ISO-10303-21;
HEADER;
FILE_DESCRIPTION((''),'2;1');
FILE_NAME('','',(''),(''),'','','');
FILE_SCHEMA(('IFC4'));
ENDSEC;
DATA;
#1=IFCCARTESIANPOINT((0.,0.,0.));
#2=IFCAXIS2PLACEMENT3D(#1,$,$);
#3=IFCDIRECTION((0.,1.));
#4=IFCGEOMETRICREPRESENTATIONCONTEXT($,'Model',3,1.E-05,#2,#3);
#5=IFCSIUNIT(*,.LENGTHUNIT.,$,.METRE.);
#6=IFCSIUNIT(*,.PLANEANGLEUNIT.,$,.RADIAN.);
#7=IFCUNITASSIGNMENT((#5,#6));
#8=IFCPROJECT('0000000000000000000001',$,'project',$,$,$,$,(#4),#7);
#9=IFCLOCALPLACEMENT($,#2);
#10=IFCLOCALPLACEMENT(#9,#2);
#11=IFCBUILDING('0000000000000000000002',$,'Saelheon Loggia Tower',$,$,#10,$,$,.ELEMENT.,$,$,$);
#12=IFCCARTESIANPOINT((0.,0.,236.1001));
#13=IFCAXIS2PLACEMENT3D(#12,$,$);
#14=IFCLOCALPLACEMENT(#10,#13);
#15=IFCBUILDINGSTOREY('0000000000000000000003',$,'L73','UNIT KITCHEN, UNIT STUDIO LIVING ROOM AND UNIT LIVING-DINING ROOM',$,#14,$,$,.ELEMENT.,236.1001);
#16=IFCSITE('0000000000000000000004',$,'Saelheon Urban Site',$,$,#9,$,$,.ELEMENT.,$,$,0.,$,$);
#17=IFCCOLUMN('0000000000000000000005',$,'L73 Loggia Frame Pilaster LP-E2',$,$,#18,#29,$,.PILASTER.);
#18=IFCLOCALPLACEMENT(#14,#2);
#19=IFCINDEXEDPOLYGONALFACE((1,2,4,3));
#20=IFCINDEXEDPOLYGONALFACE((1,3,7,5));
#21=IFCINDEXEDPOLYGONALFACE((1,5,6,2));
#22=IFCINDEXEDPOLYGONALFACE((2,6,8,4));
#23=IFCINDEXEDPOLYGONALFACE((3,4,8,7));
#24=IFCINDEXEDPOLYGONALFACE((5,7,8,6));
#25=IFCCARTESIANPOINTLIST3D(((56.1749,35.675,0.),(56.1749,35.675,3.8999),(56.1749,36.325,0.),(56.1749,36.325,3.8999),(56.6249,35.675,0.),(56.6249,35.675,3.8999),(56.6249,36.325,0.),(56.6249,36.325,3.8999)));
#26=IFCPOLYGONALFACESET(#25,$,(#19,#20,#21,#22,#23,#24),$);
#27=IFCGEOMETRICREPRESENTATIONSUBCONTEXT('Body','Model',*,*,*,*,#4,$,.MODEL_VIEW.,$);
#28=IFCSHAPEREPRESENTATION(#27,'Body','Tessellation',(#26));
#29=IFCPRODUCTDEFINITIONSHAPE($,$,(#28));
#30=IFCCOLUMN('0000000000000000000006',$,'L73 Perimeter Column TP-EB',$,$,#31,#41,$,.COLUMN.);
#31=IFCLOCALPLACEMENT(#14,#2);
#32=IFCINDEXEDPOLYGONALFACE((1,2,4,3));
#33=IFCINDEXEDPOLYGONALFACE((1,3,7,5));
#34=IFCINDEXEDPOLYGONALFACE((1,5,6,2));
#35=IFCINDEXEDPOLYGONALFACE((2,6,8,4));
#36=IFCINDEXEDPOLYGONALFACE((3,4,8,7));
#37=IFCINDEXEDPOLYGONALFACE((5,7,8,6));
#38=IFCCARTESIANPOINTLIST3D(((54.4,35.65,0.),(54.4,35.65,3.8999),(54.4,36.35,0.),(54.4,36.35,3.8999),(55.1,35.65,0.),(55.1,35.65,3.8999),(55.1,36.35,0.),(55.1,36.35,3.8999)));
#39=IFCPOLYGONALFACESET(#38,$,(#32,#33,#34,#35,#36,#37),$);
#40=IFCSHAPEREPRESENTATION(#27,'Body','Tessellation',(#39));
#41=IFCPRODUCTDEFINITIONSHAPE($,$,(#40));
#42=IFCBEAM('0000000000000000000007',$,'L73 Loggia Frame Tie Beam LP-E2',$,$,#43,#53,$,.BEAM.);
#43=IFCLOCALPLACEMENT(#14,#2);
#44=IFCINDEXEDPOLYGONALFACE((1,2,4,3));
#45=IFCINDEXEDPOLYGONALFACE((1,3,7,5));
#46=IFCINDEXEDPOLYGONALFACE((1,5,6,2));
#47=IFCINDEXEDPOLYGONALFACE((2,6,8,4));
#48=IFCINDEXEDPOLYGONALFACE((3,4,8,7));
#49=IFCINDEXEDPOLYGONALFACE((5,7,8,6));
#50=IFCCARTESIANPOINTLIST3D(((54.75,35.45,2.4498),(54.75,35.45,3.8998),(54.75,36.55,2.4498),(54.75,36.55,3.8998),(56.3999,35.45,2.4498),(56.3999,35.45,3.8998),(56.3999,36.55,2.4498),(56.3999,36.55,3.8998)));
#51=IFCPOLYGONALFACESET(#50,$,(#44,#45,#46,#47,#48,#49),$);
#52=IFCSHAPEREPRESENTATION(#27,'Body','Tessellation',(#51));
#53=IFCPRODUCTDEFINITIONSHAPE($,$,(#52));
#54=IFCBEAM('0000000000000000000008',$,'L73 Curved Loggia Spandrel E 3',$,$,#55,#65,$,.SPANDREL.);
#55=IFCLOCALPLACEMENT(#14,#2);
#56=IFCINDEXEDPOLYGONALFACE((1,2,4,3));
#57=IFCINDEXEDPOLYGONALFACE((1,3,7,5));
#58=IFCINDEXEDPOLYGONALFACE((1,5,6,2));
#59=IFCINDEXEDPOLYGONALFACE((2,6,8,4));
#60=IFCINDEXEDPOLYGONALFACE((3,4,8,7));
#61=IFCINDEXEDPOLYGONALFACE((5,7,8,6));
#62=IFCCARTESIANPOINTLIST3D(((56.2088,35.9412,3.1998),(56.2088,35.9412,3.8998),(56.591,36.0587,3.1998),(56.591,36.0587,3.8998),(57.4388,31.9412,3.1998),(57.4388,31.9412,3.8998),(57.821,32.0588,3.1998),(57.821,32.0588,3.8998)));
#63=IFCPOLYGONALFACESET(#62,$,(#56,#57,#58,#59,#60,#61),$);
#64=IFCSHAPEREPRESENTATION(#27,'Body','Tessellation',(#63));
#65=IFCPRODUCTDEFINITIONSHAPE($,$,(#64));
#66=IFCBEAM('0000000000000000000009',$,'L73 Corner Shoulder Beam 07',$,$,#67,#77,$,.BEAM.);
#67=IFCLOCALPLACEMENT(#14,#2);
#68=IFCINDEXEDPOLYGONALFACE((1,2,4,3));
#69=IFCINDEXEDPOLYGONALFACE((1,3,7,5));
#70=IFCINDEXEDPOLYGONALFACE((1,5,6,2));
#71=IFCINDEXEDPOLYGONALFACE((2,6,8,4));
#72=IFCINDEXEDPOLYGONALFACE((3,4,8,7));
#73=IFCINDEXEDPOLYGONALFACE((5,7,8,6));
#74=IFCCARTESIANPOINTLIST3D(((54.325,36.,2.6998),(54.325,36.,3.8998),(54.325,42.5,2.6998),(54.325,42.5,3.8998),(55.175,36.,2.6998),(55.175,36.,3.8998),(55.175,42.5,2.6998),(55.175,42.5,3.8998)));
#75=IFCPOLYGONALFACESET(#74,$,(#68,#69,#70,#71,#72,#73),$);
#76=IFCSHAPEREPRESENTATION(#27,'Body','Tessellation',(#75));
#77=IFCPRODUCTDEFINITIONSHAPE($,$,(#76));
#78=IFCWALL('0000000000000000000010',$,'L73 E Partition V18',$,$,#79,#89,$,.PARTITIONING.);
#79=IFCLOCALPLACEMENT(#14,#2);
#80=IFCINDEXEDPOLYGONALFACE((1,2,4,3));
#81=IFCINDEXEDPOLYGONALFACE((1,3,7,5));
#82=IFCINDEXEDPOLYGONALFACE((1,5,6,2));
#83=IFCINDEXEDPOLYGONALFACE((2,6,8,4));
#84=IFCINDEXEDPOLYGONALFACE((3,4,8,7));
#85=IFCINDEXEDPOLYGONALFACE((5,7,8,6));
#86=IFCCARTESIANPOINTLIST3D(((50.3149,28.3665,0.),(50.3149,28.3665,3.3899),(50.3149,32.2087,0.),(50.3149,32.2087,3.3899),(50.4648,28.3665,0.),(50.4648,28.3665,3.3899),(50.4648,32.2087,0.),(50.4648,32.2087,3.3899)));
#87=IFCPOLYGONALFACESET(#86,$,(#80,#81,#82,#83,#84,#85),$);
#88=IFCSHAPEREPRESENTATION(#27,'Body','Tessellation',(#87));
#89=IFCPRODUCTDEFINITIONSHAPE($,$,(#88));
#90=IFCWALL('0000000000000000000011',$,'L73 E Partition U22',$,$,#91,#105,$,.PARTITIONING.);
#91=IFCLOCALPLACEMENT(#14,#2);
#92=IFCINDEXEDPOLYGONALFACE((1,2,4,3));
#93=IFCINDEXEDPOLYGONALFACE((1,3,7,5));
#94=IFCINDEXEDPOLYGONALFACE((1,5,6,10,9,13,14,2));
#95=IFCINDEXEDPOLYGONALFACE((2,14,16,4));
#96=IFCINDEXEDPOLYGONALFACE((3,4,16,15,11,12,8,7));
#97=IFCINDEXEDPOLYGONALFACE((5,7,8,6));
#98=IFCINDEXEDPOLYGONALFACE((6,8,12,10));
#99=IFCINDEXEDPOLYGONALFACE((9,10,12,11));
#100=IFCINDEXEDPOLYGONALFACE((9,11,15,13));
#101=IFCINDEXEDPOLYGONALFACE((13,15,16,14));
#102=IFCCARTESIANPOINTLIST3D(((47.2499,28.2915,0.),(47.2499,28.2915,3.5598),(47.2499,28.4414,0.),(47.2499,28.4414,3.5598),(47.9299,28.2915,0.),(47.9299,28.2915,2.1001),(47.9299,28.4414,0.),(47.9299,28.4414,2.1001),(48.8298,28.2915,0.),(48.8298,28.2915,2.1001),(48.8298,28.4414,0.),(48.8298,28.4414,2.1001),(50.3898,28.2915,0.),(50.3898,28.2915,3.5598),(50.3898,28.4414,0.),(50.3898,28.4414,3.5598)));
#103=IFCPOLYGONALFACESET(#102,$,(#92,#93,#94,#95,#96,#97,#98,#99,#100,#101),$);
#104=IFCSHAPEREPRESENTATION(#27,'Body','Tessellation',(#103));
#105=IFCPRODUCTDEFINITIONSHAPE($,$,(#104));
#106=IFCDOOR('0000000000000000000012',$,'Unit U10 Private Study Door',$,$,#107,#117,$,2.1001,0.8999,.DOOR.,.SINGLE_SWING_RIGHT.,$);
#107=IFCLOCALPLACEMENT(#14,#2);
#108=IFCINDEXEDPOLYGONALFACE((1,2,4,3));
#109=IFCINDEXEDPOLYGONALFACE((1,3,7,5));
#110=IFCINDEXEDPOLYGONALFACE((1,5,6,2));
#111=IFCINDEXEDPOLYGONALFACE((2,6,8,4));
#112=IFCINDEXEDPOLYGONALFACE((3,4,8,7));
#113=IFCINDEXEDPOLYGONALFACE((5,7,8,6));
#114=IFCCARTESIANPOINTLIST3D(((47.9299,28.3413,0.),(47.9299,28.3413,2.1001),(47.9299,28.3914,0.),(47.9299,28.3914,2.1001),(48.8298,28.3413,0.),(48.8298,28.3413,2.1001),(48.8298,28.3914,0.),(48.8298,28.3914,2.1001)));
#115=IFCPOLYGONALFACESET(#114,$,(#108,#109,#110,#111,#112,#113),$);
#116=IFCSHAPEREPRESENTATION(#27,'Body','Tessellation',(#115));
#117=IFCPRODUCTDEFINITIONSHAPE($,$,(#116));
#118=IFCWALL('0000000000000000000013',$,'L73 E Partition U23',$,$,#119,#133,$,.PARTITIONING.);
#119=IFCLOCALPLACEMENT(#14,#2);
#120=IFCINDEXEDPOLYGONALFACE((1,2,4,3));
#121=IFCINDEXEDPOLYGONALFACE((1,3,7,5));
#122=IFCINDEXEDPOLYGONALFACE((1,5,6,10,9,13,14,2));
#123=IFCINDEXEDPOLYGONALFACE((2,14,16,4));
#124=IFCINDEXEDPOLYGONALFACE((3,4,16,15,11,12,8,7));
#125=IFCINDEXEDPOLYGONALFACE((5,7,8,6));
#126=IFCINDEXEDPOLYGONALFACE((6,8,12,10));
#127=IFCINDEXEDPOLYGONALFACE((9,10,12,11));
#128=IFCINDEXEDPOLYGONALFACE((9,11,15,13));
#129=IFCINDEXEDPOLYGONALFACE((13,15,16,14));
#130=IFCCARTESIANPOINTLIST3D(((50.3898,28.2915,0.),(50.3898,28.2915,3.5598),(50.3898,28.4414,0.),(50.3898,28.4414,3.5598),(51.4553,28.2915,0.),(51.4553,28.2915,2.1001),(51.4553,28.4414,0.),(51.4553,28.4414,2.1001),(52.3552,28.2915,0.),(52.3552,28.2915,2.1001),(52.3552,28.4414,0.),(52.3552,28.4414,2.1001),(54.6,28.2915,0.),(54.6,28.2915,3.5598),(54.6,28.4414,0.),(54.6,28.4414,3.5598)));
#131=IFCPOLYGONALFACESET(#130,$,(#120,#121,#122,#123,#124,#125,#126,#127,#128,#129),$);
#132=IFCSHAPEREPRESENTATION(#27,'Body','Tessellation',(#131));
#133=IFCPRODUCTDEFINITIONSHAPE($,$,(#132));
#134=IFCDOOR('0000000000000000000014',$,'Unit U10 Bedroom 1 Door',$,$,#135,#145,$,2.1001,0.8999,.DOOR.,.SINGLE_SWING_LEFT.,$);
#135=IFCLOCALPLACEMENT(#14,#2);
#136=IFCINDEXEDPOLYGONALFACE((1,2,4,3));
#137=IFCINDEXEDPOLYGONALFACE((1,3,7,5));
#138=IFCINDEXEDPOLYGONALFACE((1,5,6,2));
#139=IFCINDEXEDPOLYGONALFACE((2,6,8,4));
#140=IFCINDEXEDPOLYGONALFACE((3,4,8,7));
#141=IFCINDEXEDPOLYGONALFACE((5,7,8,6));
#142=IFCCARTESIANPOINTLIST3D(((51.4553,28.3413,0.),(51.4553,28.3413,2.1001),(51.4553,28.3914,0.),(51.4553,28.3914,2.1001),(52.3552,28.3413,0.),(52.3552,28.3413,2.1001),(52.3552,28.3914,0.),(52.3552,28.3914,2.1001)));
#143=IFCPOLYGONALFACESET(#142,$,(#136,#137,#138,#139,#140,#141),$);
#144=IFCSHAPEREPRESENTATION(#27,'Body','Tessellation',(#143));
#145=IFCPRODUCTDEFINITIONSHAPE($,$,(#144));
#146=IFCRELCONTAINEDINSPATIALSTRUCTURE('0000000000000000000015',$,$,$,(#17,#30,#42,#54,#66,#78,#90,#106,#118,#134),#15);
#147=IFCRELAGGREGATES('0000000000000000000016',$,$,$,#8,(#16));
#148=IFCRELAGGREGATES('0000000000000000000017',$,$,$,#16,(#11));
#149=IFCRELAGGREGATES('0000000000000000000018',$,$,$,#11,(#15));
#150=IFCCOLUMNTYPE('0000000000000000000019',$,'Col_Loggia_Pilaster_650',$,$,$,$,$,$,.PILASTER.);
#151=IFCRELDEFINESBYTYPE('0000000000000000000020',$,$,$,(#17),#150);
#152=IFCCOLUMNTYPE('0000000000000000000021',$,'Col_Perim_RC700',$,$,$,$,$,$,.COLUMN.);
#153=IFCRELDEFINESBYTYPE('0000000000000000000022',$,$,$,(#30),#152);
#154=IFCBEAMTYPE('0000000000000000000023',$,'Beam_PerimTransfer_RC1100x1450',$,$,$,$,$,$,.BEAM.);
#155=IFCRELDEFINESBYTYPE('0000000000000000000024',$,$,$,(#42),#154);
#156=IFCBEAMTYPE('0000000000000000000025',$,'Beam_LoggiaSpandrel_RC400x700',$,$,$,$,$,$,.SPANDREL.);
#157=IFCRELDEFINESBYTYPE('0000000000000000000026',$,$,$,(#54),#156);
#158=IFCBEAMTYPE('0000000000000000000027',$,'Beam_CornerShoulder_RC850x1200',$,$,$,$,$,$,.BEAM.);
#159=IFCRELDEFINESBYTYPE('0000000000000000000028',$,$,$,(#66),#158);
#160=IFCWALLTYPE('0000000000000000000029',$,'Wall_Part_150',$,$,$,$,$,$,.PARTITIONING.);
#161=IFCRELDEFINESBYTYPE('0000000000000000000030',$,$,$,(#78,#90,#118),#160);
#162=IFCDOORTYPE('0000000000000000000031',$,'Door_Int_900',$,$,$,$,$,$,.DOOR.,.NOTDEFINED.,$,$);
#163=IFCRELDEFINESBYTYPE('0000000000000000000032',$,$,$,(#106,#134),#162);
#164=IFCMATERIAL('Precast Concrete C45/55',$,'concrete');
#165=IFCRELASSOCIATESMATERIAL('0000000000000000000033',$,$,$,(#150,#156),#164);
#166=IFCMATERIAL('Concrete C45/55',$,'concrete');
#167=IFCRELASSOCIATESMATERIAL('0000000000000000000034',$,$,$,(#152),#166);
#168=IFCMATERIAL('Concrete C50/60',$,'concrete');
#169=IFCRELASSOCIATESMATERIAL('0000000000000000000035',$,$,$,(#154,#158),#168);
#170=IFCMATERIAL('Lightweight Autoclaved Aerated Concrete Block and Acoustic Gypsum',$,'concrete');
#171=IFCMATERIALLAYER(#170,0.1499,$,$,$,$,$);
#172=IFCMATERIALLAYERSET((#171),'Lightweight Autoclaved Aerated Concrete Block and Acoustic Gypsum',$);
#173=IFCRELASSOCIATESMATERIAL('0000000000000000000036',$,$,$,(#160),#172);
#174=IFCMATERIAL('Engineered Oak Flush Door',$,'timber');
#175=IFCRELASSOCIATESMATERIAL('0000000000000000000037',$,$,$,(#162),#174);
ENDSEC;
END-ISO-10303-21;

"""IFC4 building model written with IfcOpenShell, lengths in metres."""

from ifc_helpers import new_model, si_unit, direction, frame, frame_2d, origin, origin_2d, place, context, subcontext, project, spatial, rectangle, extrude, source, transform, mapped, material, layer, layer_set, material_profile, profile_set, type_object, element, fill, save


model = new_model("IFC4")

# Units and contexts
model_context = context("Model", 3, precision=1e-05, world=origin(), true_north=direction((0.0, 1.0)))
body_context = subcontext(model_context, "Body", "Model", "MODEL_VIEW")
ifc_project = project(units=[si_unit("LENGTHUNIT", "METRE"), si_unit("PLANEANGLEUNIT", "RADIAN")], contexts=[model_context])

# Site, building, storey
site_placement = place(None, origin())
site = spatial("IfcSite", under=ifc_project, at=site_placement, Name="Saelheon Urban Site", CompositionType="ELEMENT", RefElevation=0.0)
building_placement = place(site_placement, origin())
building = spatial("IfcBuilding", under=site, at=building_placement, Name="Saelheon Loggia Tower", CompositionType="ELEMENT")
storey_placement = place(building_placement, frame((0.0, 0.0, 236.1001)))
storey = spatial("IfcBuildingStorey", under=building, at=storey_placement, Name="L73", Description="UNIT KITCHEN, UNIT STUDIO LIVING ROOM AND UNIT LIVING-DINING ROOM", CompositionType="ELEMENT", Elevation=236.1001)

# Columns
ifc_material_1 = material(Name="Precast Concrete C45/55", Category="concrete")
ifc_material_profile_1 = material_profile(ifc_material_1, rectangle(XDim=0.45, YDim=0.6499, at=origin_2d()), Name="RC-450x650")
ifc_profile_set_1 = profile_set([ifc_material_profile_1], Name="Precast Concrete C45/55")
column_type_1 = type_object("IfcColumnType", Name="Col_Loggia_Pilaster_650", PredefinedType="PILASTER", material=ifc_profile_set_1)
shared_shape_1 = source(origin(), body_context, "Body", "SweptSolid", [
    extrude(rectangle(XDim=0.45, YDim=0.6499, at=origin_2d()), origin(), (0.0, 0.0, 1.0), 3.8999),
])
column_1_placement = place(storey_placement, frame((56.3999, 36.0, 0.0), z_axis=(0.0, 0.0, 1.0), x_axis=(1.0, 0.0, 0.0)))
element("IfcColumn", 1, at=column_1_placement, inside=storey, type_object=column_type_1, Name="L73 Loggia Frame Pilaster LP-E2", PredefinedType="PILASTER", context=body_context, shape_type="MappedRepresentation", body=[
    mapped(shared_shape_1, transform((0.0, 0.0, 0.0), scale=1.0)),
])
ifc_material_2 = material(Name="Concrete C45/55", Category="concrete")
ifc_material_profile_2 = material_profile(ifc_material_2, rectangle(XDim=0.7, YDim=0.7, at=origin_2d()), Name="RC-700x700")
ifc_profile_set_2 = profile_set([ifc_material_profile_2], Name="Concrete C45/55")
column_type_2 = type_object("IfcColumnType", Name="Col_Perim_RC700", PredefinedType="COLUMN", material=ifc_profile_set_2)
shared_shape_2 = source(origin(), body_context, "Body", "SweptSolid", [
    extrude(rectangle(XDim=0.7, YDim=0.7, at=origin_2d()), origin(), (0.0, 0.0, 1.0), 3.8999),
])
column_2_placement = place(storey_placement, frame((54.75, 36.0, 0.0), z_axis=(0.0, 0.0, 1.0), x_axis=(1.0, 0.0, 0.0)))
element("IfcColumn", 2, at=column_2_placement, inside=storey, type_object=column_type_2, Name="L73 Perimeter Column TP-EB", PredefinedType="COLUMN", context=body_context, shape_type="MappedRepresentation", body=[
    mapped(shared_shape_2, transform((0.0, 0.0, 0.0), scale=1.0)),
])

# Beams
ifc_material_3 = material(Name="Concrete C50/60", Category="concrete")
ifc_material_profile_3 = material_profile(ifc_material_3, rectangle(XDim=1.1001, YDim=1.45, at=origin_2d()), Name="RC-1100x1450")
ifc_profile_set_3 = profile_set([ifc_material_profile_3], Name="Concrete C50/60")
beam_type_1 = type_object("IfcBeamType", Name="Beam_PerimTransfer_RC1100x1450", PredefinedType="BEAM", material=ifc_profile_set_3)
shared_shape_3 = source(origin(), body_context, "Body", "SweptSolid", [
    extrude(rectangle(XDim=1.1001, YDim=1.45, at=origin_2d()), origin(), (0.0, 0.0, 1.0), 1.6499),
])
beam_1_placement = place(storey_placement, frame((54.75, 36.0, 3.1748), z_axis=(1.0, 0.0, 0.0), x_axis=(0.0, 1.0, 0.0)))
element("IfcBeam", 3, at=beam_1_placement, inside=storey, type_object=beam_type_1, Name="L73 Loggia Frame Tie Beam LP-E2", PredefinedType="BEAM", context=body_context, shape_type="MappedRepresentation", body=[
    mapped(shared_shape_3, transform((0.0, 0.0, 0.0), scale=1.0)),
])
ifc_material_profile_4 = material_profile(ifc_material_1, rectangle(XDim=0.3999, YDim=0.7, at=origin_2d()), Name="RC-400x700")
ifc_profile_set_4 = profile_set([ifc_material_profile_4], Name="Precast Concrete C45/55")
beam_type_2 = type_object("IfcBeamType", Name="Beam_LoggiaSpandrel_RC400x700", PredefinedType="SPANDREL", material=ifc_profile_set_4)
shared_shape_4 = source(origin(), body_context, "Body", "SweptSolid", [
    extrude(rectangle(XDim=0.3999, YDim=0.7, at=origin_2d()), origin(), (0.0, 0.0, 1.0), 4.1848),
])
beam_2_placement = place(storey_placement, frame((57.6299, 32.0, 3.5498), z_axis=(-0.293914, 0.955832, 0.0), x_axis=(-0.955832, -0.293914, 0.0)))
element("IfcBeam", 4, at=beam_2_placement, inside=storey, type_object=beam_type_2, Name="L73 Curved Loggia Spandrel E 3", PredefinedType="SPANDREL", context=body_context, shape_type="MappedRepresentation", body=[
    mapped(shared_shape_4, transform((0.0, 0.0, 0.0), scale=1.0)),
])
ifc_material_profile_5 = material_profile(ifc_material_3, rectangle(XDim=0.8501, YDim=1.2, at=origin_2d()), Name="RC-850x1200")
ifc_profile_set_5 = profile_set([ifc_material_profile_5], Name="Concrete C50/60")
beam_type_3 = type_object("IfcBeamType", Name="Beam_CornerShoulder_RC850x1200", PredefinedType="BEAM", material=ifc_profile_set_5)
shared_shape_5 = source(origin(), body_context, "Body", "SweptSolid", [
    extrude(rectangle(XDim=0.8501, YDim=1.2, at=origin_2d()), origin(), (0.0, 0.0, 1.0), 6.5),
])
beam_3_placement = place(storey_placement, frame((54.75, 36.0, 3.2998), z_axis=(0.0, 1.0, 0.0), x_axis=(-1.0, 0.0, 0.0)))
element("IfcBeam", 5, at=beam_3_placement, inside=storey, type_object=beam_type_3, Name="L73 Corner Shoulder Beam 07", PredefinedType="BEAM", context=body_context, shape_type="MappedRepresentation", body=[
    mapped(shared_shape_5, transform((0.0, 0.0, 0.0), scale=1.0)),
])

# Wall
ifc_material_4 = material(Name="Lightweight Autoclaved Aerated Concrete Block and Acoustic Gypsum", Category="concrete")
ifc_layer_1 = layer(ifc_material_4, 0.1499)
ifc_layer_set_1 = layer_set([ifc_layer_1], Name="Lightweight Autoclaved Aerated Concrete Block and Acoustic Gypsum")
wall_type_1 = type_object("IfcWallType", Name="Wall_Part_150", PredefinedType="PARTITIONING", material=ifc_layer_set_1)
wall_1_placement = place(storey_placement, frame((50.3899, 28.3665, 0.0), z_axis=(0.0, 0.0, 1.0), x_axis=(0.0, 1.0, 0.0)))
element("IfcWall", 6, at=wall_1_placement, inside=storey, type_object=wall_type_1, Name="L73 E Partition V18", PredefinedType="PARTITIONING", context=body_context, shape_type="SweptSolid", body=[
    extrude(rectangle(XDim=3.8423, YDim=0.1499, at=frame_2d((1.9211, 0.0))), origin(), (0.0, 0.0, 1.0), 3.3899),
])

# Walls, openings, doors
wall_2_placement = place(storey_placement, frame((47.25, 28.3665, 0.0), z_axis=(0.0, 0.0, 1.0), x_axis=(1.0, 0.0, 0.0)))
wall_2 = element("IfcWall", 7, at=wall_2_placement, inside=storey, type_object=wall_type_1, Name="L73 E Partition U22", PredefinedType="PARTITIONING", context=body_context, shape_type="SweptSolid", body=[
    extrude(rectangle(XDim=3.1399, YDim=0.1499, at=frame_2d((1.5698, 0.0))), origin(), (0.0, 0.0, 1.0), 3.5598),
])
opening_1_placement = place(wall_2_placement, frame((0.6799, 0.0, 0.0)))
opening_1 = element("IfcOpeningElement", 8, at=opening_1_placement, cuts=wall_2, PredefinedType="OPENING", context=body_context, shape_type="SweptSolid", body=[
    extrude(rectangle(XDim=0.8999, YDim=2.1001, at=frame_2d((0.45, 1.05))), frame((0.0, 0.0869, 0.0), z_axis=(0.0, -1.0, 0.0), x_axis=(1.0, 0.0, 0.0)), (0.0, 0.0, 1.0), 0.1738),
])
ifc_material_5 = material(Name="Engineered Oak Flush Door", Category="timber")
door_type_1 = type_object("IfcDoorType", Name="Door_Int_900", OperationType="NOTDEFINED", PredefinedType="DOOR", material=ifc_material_5)
shared_shape_6 = source(origin(), body_context, "Body", "SweptSolid", [
    extrude(rectangle(XDim=0.8999, YDim=2.1001, at=frame_2d((0.45, 1.05))), frame((0.0, 0.0249, 0.0), z_axis=(0.0, -1.0, 0.0), x_axis=(1.0, 0.0, 0.0)), (0.0, 0.0, 1.0), 0.05),
])
door_1_placement = place(opening_1_placement, origin())
door_1 = element("IfcDoor", 9, at=door_1_placement, inside=storey, type_object=door_type_1, Name="Unit U10 Private Study Door", OperationType="SINGLE_SWING_RIGHT", OverallHeight=2.1001, OverallWidth=0.8999, PredefinedType="DOOR", context=body_context, shape_type="MappedRepresentation", body=[
    mapped(shared_shape_6, transform((0.0, 0.0, 0.0), scale=1.0)),
])
fill(opening_1, door_1)
wall_3_placement = place(storey_placement, frame((50.3899, 28.3665, 0.0), z_axis=(0.0, 0.0, 1.0), x_axis=(1.0, 0.0, 0.0)))
wall_3 = element("IfcWall", 10, at=wall_3_placement, inside=storey, type_object=wall_type_1, Name="L73 E Partition U23", PredefinedType="PARTITIONING", context=body_context, shape_type="SweptSolid", body=[
    extrude(rectangle(XDim=4.2102, YDim=0.1499, at=frame_2d((2.105, 0.0))), origin(), (0.0, 0.0, 1.0), 3.5598),
])
opening_2_placement = place(wall_3_placement, frame((1.0654, 0.0, 0.0)))
opening_2 = element("IfcOpeningElement", 11, at=opening_2_placement, cuts=wall_3, PredefinedType="OPENING", context=body_context, shape_type="SweptSolid", body=[
    extrude(rectangle(XDim=0.8999, YDim=2.1001, at=frame_2d((0.45, 1.05))), frame((0.0, 0.0869, 0.0), z_axis=(0.0, -1.0, 0.0), x_axis=(1.0, 0.0, 0.0)), (0.0, 0.0, 1.0), 0.1738),
])
door_2_placement = place(opening_2_placement, origin())
door_2 = element("IfcDoor", 12, at=door_2_placement, inside=storey, type_object=door_type_1, Name="Unit U10 Bedroom 1 Door", OperationType="SINGLE_SWING_LEFT", OverallHeight=2.1001, OverallWidth=0.8999, PredefinedType="DOOR", context=body_context, shape_type="MappedRepresentation", body=[
    mapped(shared_shape_6, transform((0.0, 0.0, 0.0), scale=1.0)),
])
fill(opening_2, door_2)

save(model, "model.ifc")
